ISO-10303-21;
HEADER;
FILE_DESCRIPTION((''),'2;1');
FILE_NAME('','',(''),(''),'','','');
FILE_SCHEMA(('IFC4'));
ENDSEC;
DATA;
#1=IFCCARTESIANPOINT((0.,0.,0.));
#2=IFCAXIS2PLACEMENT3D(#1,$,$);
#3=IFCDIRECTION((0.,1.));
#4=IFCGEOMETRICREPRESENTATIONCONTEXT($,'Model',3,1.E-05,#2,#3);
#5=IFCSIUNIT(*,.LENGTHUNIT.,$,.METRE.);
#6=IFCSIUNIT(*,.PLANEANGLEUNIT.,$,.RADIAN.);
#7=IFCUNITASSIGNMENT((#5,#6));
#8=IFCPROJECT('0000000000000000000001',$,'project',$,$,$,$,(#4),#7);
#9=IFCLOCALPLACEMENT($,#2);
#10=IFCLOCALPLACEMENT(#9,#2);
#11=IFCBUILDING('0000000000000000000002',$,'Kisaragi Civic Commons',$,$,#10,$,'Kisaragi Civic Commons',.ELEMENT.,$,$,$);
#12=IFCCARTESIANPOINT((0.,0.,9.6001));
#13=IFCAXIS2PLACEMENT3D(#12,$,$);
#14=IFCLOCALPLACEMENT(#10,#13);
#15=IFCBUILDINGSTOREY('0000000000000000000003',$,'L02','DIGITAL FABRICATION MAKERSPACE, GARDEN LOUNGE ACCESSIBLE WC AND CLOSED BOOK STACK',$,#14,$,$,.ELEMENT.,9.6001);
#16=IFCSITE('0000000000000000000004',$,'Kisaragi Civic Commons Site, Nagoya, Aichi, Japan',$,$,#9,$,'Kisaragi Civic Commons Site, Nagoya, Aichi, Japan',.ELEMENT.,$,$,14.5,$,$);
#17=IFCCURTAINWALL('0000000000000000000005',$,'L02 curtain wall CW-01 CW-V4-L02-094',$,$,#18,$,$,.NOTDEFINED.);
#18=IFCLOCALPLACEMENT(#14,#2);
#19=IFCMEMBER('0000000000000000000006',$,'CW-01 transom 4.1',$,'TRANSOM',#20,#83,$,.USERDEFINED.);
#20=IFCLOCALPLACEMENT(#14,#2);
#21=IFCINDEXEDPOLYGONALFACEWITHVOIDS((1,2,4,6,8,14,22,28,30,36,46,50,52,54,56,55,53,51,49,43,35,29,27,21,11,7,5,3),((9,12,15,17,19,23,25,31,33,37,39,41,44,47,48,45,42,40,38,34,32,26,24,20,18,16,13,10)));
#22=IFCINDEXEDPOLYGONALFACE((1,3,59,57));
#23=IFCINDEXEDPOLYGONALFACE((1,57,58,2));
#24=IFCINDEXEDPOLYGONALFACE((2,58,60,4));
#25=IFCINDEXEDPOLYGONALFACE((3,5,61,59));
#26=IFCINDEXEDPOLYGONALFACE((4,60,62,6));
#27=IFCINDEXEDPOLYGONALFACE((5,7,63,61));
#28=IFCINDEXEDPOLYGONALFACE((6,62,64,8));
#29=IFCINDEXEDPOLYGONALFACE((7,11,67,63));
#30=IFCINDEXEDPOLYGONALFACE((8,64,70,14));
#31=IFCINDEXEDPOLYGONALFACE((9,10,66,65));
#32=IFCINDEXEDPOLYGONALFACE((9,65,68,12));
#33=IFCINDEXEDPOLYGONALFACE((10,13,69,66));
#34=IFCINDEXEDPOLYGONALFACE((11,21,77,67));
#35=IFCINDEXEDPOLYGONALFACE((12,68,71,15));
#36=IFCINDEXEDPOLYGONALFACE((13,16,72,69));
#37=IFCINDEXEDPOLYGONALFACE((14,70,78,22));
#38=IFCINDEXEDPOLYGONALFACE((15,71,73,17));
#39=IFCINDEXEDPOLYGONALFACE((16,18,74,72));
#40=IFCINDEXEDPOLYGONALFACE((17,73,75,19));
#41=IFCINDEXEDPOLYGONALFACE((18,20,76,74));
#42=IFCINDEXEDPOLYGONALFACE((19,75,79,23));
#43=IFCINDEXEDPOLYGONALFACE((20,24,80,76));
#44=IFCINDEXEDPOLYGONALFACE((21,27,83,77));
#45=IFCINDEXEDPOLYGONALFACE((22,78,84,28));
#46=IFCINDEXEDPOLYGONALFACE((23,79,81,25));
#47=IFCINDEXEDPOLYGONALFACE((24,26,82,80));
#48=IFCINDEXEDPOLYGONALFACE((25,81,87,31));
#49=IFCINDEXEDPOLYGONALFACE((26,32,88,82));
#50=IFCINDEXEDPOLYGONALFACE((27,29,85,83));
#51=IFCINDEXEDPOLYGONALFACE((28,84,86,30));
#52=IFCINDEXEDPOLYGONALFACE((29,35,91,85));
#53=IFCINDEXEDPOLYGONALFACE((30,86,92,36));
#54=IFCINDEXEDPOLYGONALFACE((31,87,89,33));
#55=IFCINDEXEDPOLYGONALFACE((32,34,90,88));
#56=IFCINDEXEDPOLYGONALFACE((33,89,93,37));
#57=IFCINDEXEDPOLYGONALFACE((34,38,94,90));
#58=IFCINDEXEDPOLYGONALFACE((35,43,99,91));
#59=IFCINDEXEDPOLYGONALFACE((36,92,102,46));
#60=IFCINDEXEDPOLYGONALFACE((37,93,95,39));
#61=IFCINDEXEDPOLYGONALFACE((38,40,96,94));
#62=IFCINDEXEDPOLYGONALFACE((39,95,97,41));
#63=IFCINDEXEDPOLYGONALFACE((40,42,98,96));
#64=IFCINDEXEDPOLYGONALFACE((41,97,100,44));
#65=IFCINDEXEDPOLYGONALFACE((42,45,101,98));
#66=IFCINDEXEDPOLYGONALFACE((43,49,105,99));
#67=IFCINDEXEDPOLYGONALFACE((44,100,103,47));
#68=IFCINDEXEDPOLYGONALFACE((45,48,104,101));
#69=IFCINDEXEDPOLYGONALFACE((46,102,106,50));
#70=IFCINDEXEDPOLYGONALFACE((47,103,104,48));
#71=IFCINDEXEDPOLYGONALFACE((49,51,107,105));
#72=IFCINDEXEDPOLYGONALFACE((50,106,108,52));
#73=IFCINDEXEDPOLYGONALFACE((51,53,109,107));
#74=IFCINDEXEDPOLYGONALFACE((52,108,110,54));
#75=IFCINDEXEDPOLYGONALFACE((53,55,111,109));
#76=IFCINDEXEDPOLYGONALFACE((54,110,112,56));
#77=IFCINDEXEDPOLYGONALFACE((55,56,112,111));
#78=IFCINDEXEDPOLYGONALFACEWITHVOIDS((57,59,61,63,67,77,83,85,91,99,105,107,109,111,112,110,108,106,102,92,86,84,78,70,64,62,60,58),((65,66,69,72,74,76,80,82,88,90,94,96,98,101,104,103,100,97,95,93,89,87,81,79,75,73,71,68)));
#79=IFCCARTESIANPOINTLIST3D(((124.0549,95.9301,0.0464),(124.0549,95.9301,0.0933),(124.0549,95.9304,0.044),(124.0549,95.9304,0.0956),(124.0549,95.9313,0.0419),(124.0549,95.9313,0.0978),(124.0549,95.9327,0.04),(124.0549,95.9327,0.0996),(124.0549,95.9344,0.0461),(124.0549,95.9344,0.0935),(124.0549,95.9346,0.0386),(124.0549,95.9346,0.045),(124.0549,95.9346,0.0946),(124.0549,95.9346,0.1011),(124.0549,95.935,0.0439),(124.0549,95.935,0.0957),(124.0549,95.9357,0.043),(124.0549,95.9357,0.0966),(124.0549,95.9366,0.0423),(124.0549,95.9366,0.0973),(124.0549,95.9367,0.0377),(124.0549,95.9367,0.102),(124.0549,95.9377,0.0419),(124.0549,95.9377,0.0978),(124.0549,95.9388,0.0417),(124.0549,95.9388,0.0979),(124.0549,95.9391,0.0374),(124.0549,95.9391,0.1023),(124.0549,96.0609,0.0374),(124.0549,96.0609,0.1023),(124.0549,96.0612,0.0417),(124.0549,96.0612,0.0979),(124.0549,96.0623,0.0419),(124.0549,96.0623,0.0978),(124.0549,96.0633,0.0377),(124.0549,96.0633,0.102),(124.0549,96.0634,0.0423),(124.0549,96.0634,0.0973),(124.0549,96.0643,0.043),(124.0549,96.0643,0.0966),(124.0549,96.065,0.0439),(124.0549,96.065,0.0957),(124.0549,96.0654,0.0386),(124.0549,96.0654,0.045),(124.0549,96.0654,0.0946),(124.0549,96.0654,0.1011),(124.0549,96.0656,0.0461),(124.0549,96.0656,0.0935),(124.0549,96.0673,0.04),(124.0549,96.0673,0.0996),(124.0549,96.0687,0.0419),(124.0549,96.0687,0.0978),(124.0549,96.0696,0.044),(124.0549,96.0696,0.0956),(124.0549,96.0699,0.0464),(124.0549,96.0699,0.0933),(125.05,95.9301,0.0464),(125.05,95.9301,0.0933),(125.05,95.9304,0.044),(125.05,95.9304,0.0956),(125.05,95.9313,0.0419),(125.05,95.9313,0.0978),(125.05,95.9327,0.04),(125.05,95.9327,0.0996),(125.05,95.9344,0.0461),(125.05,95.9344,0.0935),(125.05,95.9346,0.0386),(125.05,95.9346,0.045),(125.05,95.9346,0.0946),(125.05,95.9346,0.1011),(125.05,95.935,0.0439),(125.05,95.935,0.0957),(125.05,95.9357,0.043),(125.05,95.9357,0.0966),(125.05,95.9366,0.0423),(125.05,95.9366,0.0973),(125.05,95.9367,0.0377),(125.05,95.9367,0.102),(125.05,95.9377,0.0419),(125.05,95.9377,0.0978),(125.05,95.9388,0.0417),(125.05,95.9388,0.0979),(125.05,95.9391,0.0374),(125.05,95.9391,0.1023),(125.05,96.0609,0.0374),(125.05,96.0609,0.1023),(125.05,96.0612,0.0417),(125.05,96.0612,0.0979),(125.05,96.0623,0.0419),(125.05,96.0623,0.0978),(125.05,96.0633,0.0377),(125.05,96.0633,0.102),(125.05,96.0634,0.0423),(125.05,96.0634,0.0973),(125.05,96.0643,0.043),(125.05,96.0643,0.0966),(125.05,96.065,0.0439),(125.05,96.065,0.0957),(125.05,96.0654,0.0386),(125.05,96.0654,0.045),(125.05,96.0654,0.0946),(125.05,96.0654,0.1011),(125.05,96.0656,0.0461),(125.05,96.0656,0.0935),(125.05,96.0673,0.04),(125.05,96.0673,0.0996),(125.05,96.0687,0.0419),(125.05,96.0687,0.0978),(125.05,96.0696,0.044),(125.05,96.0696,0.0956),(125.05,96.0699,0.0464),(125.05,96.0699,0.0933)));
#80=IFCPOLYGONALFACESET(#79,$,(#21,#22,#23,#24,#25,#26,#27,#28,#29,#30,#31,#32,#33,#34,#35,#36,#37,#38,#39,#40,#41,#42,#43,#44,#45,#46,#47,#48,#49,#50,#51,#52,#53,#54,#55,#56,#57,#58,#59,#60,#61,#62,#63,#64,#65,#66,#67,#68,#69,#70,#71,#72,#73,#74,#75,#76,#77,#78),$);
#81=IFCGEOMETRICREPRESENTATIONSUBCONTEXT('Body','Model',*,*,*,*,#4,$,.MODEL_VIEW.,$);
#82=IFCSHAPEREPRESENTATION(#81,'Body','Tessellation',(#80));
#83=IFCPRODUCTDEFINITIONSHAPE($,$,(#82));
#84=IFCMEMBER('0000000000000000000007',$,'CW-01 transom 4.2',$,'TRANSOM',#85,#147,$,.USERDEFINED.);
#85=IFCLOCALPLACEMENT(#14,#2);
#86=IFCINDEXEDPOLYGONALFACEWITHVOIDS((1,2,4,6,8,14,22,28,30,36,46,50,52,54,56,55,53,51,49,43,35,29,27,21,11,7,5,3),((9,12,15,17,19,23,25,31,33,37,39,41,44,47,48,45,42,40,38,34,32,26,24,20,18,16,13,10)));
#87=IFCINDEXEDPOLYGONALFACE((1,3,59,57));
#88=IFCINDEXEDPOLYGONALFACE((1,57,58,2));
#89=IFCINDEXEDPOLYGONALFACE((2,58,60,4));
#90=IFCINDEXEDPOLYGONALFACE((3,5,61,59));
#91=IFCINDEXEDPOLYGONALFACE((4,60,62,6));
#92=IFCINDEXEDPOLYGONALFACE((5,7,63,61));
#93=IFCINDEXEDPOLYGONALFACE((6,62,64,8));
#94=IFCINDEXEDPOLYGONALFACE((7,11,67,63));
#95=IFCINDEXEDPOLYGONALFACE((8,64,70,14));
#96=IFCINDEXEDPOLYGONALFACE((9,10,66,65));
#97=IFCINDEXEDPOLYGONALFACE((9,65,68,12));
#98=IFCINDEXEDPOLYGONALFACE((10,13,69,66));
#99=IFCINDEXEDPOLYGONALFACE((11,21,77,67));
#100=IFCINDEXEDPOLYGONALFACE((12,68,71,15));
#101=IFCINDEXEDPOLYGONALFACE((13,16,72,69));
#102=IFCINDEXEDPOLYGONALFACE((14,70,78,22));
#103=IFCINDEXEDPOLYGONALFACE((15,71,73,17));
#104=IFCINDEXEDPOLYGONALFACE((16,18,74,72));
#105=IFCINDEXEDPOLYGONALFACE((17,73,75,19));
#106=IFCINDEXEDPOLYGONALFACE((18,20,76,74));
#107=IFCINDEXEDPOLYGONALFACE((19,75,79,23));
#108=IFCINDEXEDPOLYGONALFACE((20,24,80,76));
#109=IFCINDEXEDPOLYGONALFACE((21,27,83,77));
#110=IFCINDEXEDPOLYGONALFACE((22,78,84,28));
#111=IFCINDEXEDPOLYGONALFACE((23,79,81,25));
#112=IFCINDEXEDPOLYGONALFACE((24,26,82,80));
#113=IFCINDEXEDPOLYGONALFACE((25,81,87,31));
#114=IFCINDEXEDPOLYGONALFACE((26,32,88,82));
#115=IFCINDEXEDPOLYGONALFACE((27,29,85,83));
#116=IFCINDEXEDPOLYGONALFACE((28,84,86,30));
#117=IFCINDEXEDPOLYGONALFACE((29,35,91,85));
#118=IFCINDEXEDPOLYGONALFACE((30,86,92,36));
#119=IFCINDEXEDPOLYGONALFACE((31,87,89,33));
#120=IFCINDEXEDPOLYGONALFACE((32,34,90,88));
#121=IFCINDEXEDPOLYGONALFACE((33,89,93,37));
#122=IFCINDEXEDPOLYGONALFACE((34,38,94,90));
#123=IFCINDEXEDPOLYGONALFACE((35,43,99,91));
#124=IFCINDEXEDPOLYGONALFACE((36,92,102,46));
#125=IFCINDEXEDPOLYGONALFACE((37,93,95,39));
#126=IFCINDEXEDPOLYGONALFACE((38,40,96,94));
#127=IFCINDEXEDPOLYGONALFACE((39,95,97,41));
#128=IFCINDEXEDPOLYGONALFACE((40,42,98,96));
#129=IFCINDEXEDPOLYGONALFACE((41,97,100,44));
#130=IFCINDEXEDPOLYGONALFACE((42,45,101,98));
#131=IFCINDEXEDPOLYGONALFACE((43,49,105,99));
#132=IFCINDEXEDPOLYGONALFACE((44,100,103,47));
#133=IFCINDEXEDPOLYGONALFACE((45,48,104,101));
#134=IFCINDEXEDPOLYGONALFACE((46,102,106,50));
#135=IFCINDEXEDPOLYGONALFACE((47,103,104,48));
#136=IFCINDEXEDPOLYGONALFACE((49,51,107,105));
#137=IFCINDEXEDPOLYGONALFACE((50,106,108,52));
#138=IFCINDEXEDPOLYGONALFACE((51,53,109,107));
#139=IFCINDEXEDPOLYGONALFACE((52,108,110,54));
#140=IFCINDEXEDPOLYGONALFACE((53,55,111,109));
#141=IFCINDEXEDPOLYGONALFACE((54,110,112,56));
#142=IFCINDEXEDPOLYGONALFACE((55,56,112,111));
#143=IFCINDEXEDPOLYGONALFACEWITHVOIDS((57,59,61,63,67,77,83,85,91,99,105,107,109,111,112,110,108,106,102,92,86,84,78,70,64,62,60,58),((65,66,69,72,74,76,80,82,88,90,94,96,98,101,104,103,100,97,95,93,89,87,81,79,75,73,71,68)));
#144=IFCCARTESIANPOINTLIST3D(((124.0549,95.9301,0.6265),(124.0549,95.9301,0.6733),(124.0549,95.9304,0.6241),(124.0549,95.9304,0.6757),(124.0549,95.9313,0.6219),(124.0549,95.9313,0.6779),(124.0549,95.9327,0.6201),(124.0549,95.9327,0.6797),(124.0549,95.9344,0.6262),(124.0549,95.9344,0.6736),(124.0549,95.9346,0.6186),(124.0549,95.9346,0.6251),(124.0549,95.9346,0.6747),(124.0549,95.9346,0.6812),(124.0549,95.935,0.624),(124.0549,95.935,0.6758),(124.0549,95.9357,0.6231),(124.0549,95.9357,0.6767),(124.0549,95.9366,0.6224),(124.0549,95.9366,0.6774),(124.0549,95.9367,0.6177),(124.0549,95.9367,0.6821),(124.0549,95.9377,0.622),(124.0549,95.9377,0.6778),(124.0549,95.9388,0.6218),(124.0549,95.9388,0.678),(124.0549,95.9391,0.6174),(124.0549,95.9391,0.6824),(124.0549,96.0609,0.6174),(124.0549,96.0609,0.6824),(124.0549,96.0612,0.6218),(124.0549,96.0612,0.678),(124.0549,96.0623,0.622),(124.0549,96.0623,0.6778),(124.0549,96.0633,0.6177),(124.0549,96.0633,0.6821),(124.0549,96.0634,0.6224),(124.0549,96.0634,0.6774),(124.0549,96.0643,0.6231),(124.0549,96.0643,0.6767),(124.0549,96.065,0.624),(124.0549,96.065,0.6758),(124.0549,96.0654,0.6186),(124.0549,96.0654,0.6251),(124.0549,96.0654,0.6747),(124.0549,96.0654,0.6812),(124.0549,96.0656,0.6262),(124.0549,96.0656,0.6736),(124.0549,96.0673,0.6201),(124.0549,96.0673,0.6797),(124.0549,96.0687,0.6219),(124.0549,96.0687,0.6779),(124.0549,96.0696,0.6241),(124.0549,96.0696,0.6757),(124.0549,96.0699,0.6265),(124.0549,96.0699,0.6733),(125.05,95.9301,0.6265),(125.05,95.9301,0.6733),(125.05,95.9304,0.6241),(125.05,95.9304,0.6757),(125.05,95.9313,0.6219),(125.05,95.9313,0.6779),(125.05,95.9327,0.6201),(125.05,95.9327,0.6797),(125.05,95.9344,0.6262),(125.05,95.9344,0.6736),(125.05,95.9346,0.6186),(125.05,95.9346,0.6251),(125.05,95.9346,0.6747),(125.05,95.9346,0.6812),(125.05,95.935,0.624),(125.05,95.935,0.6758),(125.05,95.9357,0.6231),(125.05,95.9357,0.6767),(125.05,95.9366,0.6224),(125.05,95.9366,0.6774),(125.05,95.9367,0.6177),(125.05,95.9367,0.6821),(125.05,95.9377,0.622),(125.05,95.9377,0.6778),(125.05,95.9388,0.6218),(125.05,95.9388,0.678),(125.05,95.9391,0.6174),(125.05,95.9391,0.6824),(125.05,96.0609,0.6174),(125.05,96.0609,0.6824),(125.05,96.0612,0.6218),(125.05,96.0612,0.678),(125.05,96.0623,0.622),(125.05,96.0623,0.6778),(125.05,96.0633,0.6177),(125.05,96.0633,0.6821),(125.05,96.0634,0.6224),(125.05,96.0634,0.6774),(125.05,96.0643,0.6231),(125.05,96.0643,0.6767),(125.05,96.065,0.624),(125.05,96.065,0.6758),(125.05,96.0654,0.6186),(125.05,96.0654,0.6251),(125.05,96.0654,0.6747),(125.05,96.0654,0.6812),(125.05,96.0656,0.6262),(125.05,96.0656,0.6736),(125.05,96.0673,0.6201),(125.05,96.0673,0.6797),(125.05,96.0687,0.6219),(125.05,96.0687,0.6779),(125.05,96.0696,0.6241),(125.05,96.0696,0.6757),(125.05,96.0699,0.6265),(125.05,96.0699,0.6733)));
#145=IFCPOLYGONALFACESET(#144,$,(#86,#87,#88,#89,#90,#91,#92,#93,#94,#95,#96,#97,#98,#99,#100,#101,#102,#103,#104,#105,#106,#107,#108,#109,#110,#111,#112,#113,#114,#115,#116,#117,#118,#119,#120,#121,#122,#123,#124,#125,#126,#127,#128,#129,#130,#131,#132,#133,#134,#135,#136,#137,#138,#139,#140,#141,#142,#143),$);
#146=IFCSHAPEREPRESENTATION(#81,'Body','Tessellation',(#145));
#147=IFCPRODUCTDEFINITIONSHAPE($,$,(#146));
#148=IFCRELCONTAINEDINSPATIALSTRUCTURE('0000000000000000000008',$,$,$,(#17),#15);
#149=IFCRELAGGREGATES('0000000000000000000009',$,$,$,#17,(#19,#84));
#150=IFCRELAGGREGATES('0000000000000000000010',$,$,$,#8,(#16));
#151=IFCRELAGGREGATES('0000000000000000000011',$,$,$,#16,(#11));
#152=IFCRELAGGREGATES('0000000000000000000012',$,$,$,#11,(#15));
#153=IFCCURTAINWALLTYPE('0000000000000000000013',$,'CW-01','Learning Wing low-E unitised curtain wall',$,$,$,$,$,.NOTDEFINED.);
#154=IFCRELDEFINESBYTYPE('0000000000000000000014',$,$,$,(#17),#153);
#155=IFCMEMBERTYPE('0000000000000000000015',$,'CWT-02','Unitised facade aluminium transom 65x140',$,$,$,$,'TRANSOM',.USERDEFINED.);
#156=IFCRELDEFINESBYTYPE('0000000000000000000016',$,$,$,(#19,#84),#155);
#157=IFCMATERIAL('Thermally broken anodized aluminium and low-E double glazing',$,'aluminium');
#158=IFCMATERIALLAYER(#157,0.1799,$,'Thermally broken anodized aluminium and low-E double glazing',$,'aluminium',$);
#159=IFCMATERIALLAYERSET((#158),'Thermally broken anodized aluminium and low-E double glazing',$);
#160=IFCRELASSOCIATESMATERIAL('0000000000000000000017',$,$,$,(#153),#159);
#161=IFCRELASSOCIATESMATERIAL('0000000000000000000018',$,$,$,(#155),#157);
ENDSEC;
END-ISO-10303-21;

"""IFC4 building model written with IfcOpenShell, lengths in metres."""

from ifc_helpers import new_model, si_unit, direction, frame, origin, origin_2d, place, context, subcontext, project, spatial, hollow_rectangle, extrude, material, layer, layer_set, material_profile, profile_set, type_object, element, aggregate, save


model = new_model("IFC4")

# Units and contexts
model_context = context("Model", 3, precision=1e-05, world=origin(), true_north=direction((0.0, 1.0)))
body_context = subcontext(model_context, "Body", "Model", "MODEL_VIEW")
ifc_project = project(units=[si_unit("LENGTHUNIT", "METRE"), si_unit("PLANEANGLEUNIT", "RADIAN")], contexts=[model_context])

# Site, building, storey
site_placement = place(None, origin())
site = spatial("IfcSite", under=ifc_project, at=site_placement, Name="Kisaragi Civic Commons Site, Nagoya, Aichi, Japan", LongName="Kisaragi Civic Commons Site, Nagoya, Aichi, Japan", CompositionType="ELEMENT", RefElevation=14.5)
building_placement = place(site_placement, origin())
building = spatial("IfcBuilding", under=site, at=building_placement, Name="Kisaragi Civic Commons", LongName="Kisaragi Civic Commons", CompositionType="ELEMENT")
storey_placement = place(building_placement, frame((0.0, 0.0, 9.6001)))
storey = spatial("IfcBuildingStorey", under=building, at=storey_placement, Name="L02", Description="DIGITAL FABRICATION MAKERSPACE, GARDEN LOUNGE ACCESSIBLE WC AND CLOSED BOOK STACK", CompositionType="ELEMENT", Elevation=9.6001)

# Curtain wall, members
ifc_material_1 = material(Name="Thermally broken anodized aluminium and low-E double glazing", Category="aluminium")
ifc_layer_1 = layer(ifc_material_1, 0.1799, Name="Thermally broken anodized aluminium and low-E double glazing", Category="aluminium")
ifc_layer_set_1 = layer_set([ifc_layer_1], Name="Thermally broken anodized aluminium and low-E double glazing")
curtain_wall_type = type_object("IfcCurtainWallType", Name="CW-01", Description="Learning Wing low-E unitised curtain wall", PredefinedType="NOTDEFINED", material=ifc_layer_set_1)
curtain_wall_placement = place(storey_placement, origin())
curtain_wall = element("IfcCurtainWall", 1, at=curtain_wall_placement, inside=storey, type_object=curtain_wall_type, Name="L02 curtain wall CW-01 CW-V4-L02-094", PredefinedType="NOTDEFINED")
ifc_material_profile_1 = material_profile(ifc_material_1, hollow_rectangle(XDim=0.1399, YDim=0.0649, WallThickness=0.0044, InnerFilletRadius=0.0044, OuterFilletRadius=0.009, at=origin_2d()), Name="CWT-65x140x4.5", Category="aluminium")
ifc_profile_set_1 = profile_set([ifc_material_profile_1], Name="Thermally broken anodized aluminium and low-E double glazing")
member_type_1 = type_object("IfcMemberType", Name="CWT-02", Description="Unitised facade aluminium transom 65x140", ElementType="TRANSOM", PredefinedType="USERDEFINED", material=ifc_profile_set_1)
member_1_placement = place(storey_placement, frame((125.05, 96.0, 0.0698), z_axis=(-1.0, 0.0, 0.0), x_axis=(0.0, -1.0, 0.0)))
member_1 = element("IfcMember", 2, at=member_1_placement, type_object=member_type_1, Name="CW-01 transom 4.1", ObjectType="TRANSOM", PredefinedType="USERDEFINED", context=body_context, shape_type="SweptSolid", body=[
    extrude(hollow_rectangle(XDim=0.1399, YDim=0.0649, WallThickness=0.0044, InnerFilletRadius=0.0044, OuterFilletRadius=0.009, at=origin_2d()), origin(), (0.0, 0.0, 1.0), 0.9951),
])
member_2_placement = place(storey_placement, frame((125.05, 96.0, 0.6499), z_axis=(-1.0, 0.0, 0.0), x_axis=(0.0, -1.0, 0.0)))
member_2 = element("IfcMember", 3, at=member_2_placement, type_object=member_type_1, Name="CW-01 transom 4.2", ObjectType="TRANSOM", PredefinedType="USERDEFINED", context=body_context, shape_type="SweptSolid", body=[
    extrude(hollow_rectangle(XDim=0.1399, YDim=0.0649, WallThickness=0.0044, InnerFilletRadius=0.0044, OuterFilletRadius=0.009, at=origin_2d()), origin(), (0.0, 0.0, 1.0), 0.9951),
])

aggregate(curtain_wall, [member_1, member_2])

save(model, "model.ifc")
